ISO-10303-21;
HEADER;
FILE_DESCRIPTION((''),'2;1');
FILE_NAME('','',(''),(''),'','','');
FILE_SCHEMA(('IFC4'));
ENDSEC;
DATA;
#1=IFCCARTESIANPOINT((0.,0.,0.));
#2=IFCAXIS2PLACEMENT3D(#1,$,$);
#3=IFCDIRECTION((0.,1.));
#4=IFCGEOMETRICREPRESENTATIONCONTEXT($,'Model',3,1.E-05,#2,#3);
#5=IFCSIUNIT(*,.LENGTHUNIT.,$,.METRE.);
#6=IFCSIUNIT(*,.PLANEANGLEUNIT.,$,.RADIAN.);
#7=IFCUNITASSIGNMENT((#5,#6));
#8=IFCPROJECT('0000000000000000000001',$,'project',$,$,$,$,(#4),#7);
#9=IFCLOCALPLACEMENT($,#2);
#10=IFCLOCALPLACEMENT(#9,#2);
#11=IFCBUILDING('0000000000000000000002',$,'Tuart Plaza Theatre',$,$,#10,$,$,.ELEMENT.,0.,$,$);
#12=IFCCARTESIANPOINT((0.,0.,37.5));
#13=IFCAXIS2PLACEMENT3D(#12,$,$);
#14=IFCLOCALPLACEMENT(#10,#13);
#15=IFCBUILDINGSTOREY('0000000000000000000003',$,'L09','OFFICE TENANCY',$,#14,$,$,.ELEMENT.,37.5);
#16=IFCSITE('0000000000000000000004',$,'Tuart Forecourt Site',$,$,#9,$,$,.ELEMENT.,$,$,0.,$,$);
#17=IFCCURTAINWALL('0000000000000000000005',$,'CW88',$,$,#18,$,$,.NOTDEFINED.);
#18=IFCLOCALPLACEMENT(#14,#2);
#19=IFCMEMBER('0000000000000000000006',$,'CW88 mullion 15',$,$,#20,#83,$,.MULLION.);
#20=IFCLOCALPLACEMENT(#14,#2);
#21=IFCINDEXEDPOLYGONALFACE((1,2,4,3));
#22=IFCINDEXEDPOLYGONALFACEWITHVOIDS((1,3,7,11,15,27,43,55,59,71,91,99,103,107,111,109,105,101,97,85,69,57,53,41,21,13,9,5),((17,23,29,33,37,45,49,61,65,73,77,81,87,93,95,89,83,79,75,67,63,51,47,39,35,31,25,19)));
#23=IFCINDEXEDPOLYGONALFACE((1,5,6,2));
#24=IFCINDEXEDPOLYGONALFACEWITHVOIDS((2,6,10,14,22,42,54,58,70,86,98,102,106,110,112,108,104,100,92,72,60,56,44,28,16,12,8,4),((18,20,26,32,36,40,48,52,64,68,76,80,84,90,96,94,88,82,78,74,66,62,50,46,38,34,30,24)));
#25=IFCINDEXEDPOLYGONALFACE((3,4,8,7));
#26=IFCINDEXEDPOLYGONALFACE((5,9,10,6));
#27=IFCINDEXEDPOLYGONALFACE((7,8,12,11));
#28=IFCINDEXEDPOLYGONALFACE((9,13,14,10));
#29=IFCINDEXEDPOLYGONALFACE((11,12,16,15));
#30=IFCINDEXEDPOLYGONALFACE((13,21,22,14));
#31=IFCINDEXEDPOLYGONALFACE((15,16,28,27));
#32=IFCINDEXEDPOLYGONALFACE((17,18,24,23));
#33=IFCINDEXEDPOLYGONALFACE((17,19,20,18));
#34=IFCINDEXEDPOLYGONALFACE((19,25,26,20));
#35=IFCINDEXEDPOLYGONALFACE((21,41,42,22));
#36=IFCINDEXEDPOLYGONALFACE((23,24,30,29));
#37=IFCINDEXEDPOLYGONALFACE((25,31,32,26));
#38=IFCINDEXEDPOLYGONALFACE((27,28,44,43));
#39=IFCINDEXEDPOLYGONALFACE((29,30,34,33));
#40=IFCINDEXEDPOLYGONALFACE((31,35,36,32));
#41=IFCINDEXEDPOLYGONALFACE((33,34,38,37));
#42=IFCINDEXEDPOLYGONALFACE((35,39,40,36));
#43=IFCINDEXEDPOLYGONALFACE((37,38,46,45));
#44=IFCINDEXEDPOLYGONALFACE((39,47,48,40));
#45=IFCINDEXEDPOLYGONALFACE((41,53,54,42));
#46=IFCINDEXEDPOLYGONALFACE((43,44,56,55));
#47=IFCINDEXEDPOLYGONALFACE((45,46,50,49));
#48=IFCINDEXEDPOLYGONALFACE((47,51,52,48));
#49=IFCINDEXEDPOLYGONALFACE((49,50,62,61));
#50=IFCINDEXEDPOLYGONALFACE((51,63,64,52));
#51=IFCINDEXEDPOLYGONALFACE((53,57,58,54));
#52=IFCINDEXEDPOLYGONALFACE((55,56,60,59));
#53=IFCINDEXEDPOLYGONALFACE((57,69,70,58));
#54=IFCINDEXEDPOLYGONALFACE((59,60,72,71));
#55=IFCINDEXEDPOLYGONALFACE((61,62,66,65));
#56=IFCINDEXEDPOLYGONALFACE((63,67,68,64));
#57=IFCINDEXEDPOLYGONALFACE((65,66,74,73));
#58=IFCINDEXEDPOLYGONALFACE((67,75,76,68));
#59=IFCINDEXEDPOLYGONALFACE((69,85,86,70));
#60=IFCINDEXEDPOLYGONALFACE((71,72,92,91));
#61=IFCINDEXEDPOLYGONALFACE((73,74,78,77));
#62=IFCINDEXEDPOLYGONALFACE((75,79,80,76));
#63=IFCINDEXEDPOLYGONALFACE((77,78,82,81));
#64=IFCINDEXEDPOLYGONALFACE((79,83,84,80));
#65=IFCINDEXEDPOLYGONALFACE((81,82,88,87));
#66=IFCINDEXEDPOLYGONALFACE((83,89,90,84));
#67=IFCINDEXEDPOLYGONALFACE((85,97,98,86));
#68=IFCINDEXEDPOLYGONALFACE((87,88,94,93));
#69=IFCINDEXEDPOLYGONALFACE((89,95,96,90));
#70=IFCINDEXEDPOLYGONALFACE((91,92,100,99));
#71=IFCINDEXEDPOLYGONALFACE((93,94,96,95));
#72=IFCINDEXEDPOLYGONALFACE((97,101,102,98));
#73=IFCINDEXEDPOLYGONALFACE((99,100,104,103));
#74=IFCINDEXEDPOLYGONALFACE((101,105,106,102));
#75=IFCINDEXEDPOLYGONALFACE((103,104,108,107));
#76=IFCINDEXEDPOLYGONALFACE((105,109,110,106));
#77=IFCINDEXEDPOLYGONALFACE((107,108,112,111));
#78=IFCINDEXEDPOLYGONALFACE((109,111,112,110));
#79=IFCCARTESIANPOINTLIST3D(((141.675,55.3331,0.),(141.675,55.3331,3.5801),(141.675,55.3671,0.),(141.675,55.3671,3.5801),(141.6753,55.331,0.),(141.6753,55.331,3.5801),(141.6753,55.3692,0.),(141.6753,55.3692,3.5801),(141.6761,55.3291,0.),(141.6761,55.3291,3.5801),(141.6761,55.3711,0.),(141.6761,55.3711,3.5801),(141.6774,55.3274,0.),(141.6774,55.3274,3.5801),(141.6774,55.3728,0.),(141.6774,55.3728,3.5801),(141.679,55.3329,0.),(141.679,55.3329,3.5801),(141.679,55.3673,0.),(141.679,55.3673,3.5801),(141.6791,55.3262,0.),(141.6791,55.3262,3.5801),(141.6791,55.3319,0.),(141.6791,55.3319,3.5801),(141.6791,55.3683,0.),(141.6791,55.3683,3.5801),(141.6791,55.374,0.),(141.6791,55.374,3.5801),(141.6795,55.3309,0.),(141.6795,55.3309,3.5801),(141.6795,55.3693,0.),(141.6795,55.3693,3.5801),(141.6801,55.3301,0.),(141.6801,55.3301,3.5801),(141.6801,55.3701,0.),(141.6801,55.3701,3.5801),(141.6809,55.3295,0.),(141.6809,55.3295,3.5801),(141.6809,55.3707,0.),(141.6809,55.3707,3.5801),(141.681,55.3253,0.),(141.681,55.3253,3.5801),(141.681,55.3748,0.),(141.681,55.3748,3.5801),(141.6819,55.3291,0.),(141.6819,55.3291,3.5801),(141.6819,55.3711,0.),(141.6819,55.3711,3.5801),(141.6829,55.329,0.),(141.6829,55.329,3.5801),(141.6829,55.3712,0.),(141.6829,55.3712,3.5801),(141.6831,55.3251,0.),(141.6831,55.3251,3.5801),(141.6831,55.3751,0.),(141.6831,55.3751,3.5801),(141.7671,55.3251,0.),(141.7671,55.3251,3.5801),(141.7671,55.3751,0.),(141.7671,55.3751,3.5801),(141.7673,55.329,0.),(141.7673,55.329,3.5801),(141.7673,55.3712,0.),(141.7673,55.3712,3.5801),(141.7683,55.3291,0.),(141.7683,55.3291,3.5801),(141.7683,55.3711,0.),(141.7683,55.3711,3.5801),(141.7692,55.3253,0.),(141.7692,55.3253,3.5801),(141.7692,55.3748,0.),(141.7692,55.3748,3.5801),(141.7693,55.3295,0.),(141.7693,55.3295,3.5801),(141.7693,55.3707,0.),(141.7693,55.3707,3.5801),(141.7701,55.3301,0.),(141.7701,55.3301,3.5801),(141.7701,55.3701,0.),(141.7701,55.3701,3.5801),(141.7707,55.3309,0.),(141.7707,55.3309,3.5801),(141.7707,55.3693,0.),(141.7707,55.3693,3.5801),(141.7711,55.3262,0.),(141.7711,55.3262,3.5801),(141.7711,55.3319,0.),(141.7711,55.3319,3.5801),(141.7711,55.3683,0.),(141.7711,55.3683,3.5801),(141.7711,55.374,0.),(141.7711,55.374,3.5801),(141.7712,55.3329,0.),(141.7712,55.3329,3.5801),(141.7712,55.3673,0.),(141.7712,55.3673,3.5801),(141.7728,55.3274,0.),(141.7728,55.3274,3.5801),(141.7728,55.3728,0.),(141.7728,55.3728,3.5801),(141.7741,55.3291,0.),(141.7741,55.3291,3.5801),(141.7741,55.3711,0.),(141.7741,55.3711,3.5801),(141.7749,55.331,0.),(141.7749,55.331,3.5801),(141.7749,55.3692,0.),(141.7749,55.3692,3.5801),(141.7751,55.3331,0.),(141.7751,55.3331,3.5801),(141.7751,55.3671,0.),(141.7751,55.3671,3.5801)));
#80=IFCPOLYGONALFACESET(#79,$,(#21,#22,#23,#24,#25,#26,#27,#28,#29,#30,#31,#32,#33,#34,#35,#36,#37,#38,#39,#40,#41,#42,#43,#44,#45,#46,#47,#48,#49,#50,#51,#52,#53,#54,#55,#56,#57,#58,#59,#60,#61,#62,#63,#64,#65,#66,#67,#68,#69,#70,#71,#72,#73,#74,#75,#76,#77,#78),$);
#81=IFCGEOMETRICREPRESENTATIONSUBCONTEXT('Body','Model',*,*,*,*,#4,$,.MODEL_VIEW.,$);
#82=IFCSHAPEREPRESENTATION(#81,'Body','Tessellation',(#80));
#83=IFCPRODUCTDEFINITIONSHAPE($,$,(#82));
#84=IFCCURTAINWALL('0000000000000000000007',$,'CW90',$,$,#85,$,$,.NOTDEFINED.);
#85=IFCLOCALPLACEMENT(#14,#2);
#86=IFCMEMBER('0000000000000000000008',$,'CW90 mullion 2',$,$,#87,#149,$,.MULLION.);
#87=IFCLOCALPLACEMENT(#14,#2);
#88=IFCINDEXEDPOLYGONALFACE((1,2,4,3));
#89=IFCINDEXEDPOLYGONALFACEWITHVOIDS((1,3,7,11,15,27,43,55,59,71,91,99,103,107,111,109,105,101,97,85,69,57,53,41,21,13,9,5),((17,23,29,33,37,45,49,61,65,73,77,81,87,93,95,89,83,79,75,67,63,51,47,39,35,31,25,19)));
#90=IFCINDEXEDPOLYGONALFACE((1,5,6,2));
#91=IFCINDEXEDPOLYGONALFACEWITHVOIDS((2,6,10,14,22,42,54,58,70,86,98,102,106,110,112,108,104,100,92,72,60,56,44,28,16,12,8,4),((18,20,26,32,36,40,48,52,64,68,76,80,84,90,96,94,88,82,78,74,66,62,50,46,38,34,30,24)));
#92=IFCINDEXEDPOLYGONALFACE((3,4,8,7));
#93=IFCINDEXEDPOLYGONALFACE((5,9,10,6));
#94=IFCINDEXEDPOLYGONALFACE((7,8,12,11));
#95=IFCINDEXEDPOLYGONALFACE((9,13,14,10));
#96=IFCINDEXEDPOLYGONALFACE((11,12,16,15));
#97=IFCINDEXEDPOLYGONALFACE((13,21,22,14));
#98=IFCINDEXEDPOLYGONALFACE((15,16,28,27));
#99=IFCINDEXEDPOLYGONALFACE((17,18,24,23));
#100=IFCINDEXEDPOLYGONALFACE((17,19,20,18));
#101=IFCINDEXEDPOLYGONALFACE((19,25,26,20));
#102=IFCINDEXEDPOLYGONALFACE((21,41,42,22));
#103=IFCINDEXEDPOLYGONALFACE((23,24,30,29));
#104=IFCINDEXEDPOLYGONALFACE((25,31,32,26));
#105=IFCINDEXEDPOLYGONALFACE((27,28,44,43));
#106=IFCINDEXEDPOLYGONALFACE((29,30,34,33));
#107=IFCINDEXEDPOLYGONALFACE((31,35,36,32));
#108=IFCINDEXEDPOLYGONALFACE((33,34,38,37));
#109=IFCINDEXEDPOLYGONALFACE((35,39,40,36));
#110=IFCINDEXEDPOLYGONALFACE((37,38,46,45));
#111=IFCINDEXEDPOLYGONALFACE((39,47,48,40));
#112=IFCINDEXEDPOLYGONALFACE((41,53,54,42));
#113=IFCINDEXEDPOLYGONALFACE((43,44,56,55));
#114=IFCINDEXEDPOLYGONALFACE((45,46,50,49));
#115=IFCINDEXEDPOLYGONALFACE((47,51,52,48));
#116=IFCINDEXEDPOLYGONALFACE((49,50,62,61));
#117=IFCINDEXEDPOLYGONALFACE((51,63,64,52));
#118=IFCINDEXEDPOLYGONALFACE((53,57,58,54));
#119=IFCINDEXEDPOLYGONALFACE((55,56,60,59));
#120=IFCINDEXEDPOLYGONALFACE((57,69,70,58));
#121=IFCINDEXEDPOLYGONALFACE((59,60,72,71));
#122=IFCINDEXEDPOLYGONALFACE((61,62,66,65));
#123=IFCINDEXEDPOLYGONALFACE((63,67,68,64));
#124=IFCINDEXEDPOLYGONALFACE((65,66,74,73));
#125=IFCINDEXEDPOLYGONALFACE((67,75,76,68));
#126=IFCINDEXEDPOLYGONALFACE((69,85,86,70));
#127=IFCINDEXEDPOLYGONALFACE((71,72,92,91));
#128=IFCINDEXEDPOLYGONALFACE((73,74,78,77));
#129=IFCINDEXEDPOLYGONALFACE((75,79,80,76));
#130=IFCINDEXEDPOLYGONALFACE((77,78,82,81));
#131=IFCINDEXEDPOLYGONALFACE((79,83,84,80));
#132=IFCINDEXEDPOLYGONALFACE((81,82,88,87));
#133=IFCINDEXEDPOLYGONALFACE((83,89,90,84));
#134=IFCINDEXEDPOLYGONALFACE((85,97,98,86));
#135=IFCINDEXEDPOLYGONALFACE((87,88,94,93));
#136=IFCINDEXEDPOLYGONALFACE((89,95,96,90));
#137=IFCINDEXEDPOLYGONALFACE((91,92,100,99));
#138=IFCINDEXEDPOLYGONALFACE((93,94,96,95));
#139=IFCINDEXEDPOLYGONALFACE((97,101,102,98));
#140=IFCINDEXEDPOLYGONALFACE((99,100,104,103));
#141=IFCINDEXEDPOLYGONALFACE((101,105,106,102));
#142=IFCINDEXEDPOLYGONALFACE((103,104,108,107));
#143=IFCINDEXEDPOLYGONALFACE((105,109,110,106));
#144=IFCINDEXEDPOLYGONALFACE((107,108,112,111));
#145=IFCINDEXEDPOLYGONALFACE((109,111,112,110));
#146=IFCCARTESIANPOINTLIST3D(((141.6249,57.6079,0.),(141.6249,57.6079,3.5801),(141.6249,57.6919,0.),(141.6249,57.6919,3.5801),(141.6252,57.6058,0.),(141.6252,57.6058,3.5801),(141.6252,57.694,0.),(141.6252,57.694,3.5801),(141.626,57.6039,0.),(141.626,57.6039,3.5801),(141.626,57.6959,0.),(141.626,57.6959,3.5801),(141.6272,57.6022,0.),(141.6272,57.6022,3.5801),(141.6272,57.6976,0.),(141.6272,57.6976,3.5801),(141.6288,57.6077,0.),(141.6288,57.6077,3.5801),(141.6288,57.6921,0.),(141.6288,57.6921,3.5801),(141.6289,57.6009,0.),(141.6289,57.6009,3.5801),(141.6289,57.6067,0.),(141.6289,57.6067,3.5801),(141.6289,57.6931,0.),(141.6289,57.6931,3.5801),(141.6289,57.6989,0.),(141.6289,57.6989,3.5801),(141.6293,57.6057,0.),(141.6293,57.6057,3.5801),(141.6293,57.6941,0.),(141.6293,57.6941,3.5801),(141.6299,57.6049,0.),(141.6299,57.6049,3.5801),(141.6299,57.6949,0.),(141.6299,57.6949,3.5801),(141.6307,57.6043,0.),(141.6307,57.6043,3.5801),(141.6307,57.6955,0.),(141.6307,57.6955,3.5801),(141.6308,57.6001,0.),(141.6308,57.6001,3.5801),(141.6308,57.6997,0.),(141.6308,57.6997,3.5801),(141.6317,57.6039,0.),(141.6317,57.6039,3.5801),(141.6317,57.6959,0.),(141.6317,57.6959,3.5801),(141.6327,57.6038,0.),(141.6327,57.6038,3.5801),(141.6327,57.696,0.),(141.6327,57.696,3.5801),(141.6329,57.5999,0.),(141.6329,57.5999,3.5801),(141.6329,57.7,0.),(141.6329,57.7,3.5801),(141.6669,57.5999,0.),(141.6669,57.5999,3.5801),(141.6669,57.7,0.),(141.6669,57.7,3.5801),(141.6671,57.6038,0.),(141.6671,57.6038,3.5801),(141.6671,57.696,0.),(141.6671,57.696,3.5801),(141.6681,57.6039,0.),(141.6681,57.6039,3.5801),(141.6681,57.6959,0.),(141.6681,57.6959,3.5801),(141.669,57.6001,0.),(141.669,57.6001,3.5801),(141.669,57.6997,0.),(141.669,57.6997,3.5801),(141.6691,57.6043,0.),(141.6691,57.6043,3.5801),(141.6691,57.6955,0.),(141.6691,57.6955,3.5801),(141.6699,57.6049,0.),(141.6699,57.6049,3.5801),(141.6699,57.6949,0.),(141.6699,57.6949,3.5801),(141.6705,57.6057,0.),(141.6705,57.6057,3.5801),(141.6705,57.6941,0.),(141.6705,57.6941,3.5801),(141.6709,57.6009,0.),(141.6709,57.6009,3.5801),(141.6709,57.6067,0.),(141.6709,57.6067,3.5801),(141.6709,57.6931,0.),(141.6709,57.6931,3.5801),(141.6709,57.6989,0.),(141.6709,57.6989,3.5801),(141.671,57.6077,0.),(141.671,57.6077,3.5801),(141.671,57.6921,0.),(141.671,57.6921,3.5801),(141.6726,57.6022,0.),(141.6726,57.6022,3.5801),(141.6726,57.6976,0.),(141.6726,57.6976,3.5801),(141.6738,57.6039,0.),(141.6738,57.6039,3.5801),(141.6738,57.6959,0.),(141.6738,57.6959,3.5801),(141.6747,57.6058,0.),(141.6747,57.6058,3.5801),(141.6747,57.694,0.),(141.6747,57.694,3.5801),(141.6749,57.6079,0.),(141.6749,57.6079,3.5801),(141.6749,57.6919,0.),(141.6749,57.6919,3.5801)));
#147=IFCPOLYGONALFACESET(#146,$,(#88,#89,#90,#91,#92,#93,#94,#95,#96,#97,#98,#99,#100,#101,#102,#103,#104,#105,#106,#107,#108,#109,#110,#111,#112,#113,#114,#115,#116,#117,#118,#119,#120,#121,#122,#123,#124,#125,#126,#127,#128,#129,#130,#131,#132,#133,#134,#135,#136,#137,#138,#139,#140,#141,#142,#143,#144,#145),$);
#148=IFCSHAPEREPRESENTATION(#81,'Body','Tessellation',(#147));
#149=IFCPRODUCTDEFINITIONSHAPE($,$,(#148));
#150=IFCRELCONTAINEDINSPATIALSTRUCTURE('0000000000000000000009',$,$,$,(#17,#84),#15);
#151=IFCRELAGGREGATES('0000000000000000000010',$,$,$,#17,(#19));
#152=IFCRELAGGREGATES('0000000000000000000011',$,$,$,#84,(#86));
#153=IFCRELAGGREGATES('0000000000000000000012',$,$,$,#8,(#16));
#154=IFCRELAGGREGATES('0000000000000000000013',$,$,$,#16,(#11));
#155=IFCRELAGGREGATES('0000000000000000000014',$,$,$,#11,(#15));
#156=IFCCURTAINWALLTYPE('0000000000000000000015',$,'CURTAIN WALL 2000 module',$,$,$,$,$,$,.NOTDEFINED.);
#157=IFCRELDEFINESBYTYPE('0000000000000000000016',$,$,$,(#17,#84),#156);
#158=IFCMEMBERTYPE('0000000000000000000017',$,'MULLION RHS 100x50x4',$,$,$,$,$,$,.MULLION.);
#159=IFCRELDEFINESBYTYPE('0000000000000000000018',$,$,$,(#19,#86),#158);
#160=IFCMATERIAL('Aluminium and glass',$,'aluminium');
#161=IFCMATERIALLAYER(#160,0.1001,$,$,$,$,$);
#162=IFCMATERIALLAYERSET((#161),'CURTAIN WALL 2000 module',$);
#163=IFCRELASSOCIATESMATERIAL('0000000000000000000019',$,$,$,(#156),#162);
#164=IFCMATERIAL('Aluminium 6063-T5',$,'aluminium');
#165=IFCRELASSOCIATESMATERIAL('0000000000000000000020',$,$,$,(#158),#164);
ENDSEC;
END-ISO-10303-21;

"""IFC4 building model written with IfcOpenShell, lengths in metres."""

from ifc_helpers import new_model, si_unit, direction, frame, origin, origin_2d, place, context, subcontext, project, spatial, hollow_rectangle, extrude, material, layer, layer_set, material_profile, profile_set, type_object, element, aggregate, save


model = new_model("IFC4")

# Units and contexts
model_context = context("Model", 3, precision=1e-05, world=origin(), true_north=direction((0.0, 1.0)))
body_context = subcontext(model_context, "Body", "Model", "MODEL_VIEW")
ifc_project = project(units=[si_unit("LENGTHUNIT", "METRE"), si_unit("PLANEANGLEUNIT", "RADIAN")], contexts=[model_context])

# Site, building, storey
site_placement = place(None, origin())
site = spatial("IfcSite", under=ifc_project, at=site_placement, Name="Tuart Forecourt Site", CompositionType="ELEMENT", RefElevation=0.0)
building_placement = place(site_placement, origin())
building = spatial("IfcBuilding", under=site, at=building_placement, Name="Tuart Plaza Theatre", CompositionType="ELEMENT", ElevationOfRefHeight=0.0)
storey_placement = place(building_placement, frame((0.0, 0.0, 37.5)))
storey = spatial("IfcBuildingStorey", under=building, at=storey_placement, Name="L09", Description="OFFICE TENANCY", CompositionType="ELEMENT", Elevation=37.5)

# Curtain wall, member
ifc_material_1 = material(Name="Aluminium and glass", Category="aluminium")
ifc_layer_1 = layer(ifc_material_1, 0.1001)
ifc_layer_set_1 = layer_set([ifc_layer_1], Name="CURTAIN WALL 2000 module")
curtain_wall_type = type_object("IfcCurtainWallType", Name="CURTAIN WALL 2000 module", PredefinedType="NOTDEFINED", material=ifc_layer_set_1)
curtain_wall_1_placement = place(storey_placement, origin())
curtain_wall_1 = element("IfcCurtainWall", 1, at=curtain_wall_1_placement, inside=storey, type_object=curtain_wall_type, Name="CW88", PredefinedType="NOTDEFINED")
ifc_material_2 = material(Name="Aluminium 6063-T5", Category="aluminium")
ifc_material_profile_1 = material_profile(ifc_material_2, hollow_rectangle(XDim=0.05, YDim=0.1001, WallThickness=0.0039, InnerFilletRadius=0.0039, OuterFilletRadius=0.0081, at=origin_2d()), Name="RHS 100x50x4")
ifc_profile_set_1 = profile_set([ifc_material_profile_1], Name="Aluminium 6063-T5")
member_type_1 = type_object("IfcMemberType", Name="MULLION RHS 100x50x4", PredefinedType="MULLION", material=ifc_profile_set_1)
member_1_placement = place(storey_placement, frame((141.7251, 55.3501, 0.0), z_axis=(0.0, 0.0, 1.0), x_axis=(0.0, 1.0, 0.0)))
member_1 = element("IfcMember", 2, at=member_1_placement, type_object=member_type_1, Name="CW88 mullion 15", PredefinedType="MULLION", context=body_context, shape_type="SweptSolid", body=[
    extrude(hollow_rectangle(XDim=0.05, YDim=0.1001, WallThickness=0.0039, InnerFilletRadius=0.0039, OuterFilletRadius=0.0081, at=origin_2d()), origin(), (0.0, 0.0, 1.0), 3.5801),
])
aggregate(curtain_wall_1, [member_1])

# Curtain wall, member
curtain_wall_2_placement = place(storey_placement, origin())
curtain_wall_2 = element("IfcCurtainWall", 3, at=curtain_wall_2_placement, inside=storey, type_object=curtain_wall_type, Name="CW90", PredefinedType="NOTDEFINED")
member_2_placement = place(storey_placement, frame((141.6499, 57.6499, 0.0), z_axis=(0.0, 0.0, 1.0), x_axis=(-1.0, 0.0, 0.0)))
member_2 = element("IfcMember", 4, at=member_2_placement, type_object=member_type_1, Name="CW90 mullion 2", PredefinedType="MULLION", context=body_context, shape_type="SweptSolid", body=[
    extrude(hollow_rectangle(XDim=0.05, YDim=0.1001, WallThickness=0.0039, InnerFilletRadius=0.0039, OuterFilletRadius=0.0081, at=origin_2d()), origin(), (0.0, 0.0, 1.0), 3.5801),
])
aggregate(curtain_wall_2, [member_2])

save(model, "model.ifc")
